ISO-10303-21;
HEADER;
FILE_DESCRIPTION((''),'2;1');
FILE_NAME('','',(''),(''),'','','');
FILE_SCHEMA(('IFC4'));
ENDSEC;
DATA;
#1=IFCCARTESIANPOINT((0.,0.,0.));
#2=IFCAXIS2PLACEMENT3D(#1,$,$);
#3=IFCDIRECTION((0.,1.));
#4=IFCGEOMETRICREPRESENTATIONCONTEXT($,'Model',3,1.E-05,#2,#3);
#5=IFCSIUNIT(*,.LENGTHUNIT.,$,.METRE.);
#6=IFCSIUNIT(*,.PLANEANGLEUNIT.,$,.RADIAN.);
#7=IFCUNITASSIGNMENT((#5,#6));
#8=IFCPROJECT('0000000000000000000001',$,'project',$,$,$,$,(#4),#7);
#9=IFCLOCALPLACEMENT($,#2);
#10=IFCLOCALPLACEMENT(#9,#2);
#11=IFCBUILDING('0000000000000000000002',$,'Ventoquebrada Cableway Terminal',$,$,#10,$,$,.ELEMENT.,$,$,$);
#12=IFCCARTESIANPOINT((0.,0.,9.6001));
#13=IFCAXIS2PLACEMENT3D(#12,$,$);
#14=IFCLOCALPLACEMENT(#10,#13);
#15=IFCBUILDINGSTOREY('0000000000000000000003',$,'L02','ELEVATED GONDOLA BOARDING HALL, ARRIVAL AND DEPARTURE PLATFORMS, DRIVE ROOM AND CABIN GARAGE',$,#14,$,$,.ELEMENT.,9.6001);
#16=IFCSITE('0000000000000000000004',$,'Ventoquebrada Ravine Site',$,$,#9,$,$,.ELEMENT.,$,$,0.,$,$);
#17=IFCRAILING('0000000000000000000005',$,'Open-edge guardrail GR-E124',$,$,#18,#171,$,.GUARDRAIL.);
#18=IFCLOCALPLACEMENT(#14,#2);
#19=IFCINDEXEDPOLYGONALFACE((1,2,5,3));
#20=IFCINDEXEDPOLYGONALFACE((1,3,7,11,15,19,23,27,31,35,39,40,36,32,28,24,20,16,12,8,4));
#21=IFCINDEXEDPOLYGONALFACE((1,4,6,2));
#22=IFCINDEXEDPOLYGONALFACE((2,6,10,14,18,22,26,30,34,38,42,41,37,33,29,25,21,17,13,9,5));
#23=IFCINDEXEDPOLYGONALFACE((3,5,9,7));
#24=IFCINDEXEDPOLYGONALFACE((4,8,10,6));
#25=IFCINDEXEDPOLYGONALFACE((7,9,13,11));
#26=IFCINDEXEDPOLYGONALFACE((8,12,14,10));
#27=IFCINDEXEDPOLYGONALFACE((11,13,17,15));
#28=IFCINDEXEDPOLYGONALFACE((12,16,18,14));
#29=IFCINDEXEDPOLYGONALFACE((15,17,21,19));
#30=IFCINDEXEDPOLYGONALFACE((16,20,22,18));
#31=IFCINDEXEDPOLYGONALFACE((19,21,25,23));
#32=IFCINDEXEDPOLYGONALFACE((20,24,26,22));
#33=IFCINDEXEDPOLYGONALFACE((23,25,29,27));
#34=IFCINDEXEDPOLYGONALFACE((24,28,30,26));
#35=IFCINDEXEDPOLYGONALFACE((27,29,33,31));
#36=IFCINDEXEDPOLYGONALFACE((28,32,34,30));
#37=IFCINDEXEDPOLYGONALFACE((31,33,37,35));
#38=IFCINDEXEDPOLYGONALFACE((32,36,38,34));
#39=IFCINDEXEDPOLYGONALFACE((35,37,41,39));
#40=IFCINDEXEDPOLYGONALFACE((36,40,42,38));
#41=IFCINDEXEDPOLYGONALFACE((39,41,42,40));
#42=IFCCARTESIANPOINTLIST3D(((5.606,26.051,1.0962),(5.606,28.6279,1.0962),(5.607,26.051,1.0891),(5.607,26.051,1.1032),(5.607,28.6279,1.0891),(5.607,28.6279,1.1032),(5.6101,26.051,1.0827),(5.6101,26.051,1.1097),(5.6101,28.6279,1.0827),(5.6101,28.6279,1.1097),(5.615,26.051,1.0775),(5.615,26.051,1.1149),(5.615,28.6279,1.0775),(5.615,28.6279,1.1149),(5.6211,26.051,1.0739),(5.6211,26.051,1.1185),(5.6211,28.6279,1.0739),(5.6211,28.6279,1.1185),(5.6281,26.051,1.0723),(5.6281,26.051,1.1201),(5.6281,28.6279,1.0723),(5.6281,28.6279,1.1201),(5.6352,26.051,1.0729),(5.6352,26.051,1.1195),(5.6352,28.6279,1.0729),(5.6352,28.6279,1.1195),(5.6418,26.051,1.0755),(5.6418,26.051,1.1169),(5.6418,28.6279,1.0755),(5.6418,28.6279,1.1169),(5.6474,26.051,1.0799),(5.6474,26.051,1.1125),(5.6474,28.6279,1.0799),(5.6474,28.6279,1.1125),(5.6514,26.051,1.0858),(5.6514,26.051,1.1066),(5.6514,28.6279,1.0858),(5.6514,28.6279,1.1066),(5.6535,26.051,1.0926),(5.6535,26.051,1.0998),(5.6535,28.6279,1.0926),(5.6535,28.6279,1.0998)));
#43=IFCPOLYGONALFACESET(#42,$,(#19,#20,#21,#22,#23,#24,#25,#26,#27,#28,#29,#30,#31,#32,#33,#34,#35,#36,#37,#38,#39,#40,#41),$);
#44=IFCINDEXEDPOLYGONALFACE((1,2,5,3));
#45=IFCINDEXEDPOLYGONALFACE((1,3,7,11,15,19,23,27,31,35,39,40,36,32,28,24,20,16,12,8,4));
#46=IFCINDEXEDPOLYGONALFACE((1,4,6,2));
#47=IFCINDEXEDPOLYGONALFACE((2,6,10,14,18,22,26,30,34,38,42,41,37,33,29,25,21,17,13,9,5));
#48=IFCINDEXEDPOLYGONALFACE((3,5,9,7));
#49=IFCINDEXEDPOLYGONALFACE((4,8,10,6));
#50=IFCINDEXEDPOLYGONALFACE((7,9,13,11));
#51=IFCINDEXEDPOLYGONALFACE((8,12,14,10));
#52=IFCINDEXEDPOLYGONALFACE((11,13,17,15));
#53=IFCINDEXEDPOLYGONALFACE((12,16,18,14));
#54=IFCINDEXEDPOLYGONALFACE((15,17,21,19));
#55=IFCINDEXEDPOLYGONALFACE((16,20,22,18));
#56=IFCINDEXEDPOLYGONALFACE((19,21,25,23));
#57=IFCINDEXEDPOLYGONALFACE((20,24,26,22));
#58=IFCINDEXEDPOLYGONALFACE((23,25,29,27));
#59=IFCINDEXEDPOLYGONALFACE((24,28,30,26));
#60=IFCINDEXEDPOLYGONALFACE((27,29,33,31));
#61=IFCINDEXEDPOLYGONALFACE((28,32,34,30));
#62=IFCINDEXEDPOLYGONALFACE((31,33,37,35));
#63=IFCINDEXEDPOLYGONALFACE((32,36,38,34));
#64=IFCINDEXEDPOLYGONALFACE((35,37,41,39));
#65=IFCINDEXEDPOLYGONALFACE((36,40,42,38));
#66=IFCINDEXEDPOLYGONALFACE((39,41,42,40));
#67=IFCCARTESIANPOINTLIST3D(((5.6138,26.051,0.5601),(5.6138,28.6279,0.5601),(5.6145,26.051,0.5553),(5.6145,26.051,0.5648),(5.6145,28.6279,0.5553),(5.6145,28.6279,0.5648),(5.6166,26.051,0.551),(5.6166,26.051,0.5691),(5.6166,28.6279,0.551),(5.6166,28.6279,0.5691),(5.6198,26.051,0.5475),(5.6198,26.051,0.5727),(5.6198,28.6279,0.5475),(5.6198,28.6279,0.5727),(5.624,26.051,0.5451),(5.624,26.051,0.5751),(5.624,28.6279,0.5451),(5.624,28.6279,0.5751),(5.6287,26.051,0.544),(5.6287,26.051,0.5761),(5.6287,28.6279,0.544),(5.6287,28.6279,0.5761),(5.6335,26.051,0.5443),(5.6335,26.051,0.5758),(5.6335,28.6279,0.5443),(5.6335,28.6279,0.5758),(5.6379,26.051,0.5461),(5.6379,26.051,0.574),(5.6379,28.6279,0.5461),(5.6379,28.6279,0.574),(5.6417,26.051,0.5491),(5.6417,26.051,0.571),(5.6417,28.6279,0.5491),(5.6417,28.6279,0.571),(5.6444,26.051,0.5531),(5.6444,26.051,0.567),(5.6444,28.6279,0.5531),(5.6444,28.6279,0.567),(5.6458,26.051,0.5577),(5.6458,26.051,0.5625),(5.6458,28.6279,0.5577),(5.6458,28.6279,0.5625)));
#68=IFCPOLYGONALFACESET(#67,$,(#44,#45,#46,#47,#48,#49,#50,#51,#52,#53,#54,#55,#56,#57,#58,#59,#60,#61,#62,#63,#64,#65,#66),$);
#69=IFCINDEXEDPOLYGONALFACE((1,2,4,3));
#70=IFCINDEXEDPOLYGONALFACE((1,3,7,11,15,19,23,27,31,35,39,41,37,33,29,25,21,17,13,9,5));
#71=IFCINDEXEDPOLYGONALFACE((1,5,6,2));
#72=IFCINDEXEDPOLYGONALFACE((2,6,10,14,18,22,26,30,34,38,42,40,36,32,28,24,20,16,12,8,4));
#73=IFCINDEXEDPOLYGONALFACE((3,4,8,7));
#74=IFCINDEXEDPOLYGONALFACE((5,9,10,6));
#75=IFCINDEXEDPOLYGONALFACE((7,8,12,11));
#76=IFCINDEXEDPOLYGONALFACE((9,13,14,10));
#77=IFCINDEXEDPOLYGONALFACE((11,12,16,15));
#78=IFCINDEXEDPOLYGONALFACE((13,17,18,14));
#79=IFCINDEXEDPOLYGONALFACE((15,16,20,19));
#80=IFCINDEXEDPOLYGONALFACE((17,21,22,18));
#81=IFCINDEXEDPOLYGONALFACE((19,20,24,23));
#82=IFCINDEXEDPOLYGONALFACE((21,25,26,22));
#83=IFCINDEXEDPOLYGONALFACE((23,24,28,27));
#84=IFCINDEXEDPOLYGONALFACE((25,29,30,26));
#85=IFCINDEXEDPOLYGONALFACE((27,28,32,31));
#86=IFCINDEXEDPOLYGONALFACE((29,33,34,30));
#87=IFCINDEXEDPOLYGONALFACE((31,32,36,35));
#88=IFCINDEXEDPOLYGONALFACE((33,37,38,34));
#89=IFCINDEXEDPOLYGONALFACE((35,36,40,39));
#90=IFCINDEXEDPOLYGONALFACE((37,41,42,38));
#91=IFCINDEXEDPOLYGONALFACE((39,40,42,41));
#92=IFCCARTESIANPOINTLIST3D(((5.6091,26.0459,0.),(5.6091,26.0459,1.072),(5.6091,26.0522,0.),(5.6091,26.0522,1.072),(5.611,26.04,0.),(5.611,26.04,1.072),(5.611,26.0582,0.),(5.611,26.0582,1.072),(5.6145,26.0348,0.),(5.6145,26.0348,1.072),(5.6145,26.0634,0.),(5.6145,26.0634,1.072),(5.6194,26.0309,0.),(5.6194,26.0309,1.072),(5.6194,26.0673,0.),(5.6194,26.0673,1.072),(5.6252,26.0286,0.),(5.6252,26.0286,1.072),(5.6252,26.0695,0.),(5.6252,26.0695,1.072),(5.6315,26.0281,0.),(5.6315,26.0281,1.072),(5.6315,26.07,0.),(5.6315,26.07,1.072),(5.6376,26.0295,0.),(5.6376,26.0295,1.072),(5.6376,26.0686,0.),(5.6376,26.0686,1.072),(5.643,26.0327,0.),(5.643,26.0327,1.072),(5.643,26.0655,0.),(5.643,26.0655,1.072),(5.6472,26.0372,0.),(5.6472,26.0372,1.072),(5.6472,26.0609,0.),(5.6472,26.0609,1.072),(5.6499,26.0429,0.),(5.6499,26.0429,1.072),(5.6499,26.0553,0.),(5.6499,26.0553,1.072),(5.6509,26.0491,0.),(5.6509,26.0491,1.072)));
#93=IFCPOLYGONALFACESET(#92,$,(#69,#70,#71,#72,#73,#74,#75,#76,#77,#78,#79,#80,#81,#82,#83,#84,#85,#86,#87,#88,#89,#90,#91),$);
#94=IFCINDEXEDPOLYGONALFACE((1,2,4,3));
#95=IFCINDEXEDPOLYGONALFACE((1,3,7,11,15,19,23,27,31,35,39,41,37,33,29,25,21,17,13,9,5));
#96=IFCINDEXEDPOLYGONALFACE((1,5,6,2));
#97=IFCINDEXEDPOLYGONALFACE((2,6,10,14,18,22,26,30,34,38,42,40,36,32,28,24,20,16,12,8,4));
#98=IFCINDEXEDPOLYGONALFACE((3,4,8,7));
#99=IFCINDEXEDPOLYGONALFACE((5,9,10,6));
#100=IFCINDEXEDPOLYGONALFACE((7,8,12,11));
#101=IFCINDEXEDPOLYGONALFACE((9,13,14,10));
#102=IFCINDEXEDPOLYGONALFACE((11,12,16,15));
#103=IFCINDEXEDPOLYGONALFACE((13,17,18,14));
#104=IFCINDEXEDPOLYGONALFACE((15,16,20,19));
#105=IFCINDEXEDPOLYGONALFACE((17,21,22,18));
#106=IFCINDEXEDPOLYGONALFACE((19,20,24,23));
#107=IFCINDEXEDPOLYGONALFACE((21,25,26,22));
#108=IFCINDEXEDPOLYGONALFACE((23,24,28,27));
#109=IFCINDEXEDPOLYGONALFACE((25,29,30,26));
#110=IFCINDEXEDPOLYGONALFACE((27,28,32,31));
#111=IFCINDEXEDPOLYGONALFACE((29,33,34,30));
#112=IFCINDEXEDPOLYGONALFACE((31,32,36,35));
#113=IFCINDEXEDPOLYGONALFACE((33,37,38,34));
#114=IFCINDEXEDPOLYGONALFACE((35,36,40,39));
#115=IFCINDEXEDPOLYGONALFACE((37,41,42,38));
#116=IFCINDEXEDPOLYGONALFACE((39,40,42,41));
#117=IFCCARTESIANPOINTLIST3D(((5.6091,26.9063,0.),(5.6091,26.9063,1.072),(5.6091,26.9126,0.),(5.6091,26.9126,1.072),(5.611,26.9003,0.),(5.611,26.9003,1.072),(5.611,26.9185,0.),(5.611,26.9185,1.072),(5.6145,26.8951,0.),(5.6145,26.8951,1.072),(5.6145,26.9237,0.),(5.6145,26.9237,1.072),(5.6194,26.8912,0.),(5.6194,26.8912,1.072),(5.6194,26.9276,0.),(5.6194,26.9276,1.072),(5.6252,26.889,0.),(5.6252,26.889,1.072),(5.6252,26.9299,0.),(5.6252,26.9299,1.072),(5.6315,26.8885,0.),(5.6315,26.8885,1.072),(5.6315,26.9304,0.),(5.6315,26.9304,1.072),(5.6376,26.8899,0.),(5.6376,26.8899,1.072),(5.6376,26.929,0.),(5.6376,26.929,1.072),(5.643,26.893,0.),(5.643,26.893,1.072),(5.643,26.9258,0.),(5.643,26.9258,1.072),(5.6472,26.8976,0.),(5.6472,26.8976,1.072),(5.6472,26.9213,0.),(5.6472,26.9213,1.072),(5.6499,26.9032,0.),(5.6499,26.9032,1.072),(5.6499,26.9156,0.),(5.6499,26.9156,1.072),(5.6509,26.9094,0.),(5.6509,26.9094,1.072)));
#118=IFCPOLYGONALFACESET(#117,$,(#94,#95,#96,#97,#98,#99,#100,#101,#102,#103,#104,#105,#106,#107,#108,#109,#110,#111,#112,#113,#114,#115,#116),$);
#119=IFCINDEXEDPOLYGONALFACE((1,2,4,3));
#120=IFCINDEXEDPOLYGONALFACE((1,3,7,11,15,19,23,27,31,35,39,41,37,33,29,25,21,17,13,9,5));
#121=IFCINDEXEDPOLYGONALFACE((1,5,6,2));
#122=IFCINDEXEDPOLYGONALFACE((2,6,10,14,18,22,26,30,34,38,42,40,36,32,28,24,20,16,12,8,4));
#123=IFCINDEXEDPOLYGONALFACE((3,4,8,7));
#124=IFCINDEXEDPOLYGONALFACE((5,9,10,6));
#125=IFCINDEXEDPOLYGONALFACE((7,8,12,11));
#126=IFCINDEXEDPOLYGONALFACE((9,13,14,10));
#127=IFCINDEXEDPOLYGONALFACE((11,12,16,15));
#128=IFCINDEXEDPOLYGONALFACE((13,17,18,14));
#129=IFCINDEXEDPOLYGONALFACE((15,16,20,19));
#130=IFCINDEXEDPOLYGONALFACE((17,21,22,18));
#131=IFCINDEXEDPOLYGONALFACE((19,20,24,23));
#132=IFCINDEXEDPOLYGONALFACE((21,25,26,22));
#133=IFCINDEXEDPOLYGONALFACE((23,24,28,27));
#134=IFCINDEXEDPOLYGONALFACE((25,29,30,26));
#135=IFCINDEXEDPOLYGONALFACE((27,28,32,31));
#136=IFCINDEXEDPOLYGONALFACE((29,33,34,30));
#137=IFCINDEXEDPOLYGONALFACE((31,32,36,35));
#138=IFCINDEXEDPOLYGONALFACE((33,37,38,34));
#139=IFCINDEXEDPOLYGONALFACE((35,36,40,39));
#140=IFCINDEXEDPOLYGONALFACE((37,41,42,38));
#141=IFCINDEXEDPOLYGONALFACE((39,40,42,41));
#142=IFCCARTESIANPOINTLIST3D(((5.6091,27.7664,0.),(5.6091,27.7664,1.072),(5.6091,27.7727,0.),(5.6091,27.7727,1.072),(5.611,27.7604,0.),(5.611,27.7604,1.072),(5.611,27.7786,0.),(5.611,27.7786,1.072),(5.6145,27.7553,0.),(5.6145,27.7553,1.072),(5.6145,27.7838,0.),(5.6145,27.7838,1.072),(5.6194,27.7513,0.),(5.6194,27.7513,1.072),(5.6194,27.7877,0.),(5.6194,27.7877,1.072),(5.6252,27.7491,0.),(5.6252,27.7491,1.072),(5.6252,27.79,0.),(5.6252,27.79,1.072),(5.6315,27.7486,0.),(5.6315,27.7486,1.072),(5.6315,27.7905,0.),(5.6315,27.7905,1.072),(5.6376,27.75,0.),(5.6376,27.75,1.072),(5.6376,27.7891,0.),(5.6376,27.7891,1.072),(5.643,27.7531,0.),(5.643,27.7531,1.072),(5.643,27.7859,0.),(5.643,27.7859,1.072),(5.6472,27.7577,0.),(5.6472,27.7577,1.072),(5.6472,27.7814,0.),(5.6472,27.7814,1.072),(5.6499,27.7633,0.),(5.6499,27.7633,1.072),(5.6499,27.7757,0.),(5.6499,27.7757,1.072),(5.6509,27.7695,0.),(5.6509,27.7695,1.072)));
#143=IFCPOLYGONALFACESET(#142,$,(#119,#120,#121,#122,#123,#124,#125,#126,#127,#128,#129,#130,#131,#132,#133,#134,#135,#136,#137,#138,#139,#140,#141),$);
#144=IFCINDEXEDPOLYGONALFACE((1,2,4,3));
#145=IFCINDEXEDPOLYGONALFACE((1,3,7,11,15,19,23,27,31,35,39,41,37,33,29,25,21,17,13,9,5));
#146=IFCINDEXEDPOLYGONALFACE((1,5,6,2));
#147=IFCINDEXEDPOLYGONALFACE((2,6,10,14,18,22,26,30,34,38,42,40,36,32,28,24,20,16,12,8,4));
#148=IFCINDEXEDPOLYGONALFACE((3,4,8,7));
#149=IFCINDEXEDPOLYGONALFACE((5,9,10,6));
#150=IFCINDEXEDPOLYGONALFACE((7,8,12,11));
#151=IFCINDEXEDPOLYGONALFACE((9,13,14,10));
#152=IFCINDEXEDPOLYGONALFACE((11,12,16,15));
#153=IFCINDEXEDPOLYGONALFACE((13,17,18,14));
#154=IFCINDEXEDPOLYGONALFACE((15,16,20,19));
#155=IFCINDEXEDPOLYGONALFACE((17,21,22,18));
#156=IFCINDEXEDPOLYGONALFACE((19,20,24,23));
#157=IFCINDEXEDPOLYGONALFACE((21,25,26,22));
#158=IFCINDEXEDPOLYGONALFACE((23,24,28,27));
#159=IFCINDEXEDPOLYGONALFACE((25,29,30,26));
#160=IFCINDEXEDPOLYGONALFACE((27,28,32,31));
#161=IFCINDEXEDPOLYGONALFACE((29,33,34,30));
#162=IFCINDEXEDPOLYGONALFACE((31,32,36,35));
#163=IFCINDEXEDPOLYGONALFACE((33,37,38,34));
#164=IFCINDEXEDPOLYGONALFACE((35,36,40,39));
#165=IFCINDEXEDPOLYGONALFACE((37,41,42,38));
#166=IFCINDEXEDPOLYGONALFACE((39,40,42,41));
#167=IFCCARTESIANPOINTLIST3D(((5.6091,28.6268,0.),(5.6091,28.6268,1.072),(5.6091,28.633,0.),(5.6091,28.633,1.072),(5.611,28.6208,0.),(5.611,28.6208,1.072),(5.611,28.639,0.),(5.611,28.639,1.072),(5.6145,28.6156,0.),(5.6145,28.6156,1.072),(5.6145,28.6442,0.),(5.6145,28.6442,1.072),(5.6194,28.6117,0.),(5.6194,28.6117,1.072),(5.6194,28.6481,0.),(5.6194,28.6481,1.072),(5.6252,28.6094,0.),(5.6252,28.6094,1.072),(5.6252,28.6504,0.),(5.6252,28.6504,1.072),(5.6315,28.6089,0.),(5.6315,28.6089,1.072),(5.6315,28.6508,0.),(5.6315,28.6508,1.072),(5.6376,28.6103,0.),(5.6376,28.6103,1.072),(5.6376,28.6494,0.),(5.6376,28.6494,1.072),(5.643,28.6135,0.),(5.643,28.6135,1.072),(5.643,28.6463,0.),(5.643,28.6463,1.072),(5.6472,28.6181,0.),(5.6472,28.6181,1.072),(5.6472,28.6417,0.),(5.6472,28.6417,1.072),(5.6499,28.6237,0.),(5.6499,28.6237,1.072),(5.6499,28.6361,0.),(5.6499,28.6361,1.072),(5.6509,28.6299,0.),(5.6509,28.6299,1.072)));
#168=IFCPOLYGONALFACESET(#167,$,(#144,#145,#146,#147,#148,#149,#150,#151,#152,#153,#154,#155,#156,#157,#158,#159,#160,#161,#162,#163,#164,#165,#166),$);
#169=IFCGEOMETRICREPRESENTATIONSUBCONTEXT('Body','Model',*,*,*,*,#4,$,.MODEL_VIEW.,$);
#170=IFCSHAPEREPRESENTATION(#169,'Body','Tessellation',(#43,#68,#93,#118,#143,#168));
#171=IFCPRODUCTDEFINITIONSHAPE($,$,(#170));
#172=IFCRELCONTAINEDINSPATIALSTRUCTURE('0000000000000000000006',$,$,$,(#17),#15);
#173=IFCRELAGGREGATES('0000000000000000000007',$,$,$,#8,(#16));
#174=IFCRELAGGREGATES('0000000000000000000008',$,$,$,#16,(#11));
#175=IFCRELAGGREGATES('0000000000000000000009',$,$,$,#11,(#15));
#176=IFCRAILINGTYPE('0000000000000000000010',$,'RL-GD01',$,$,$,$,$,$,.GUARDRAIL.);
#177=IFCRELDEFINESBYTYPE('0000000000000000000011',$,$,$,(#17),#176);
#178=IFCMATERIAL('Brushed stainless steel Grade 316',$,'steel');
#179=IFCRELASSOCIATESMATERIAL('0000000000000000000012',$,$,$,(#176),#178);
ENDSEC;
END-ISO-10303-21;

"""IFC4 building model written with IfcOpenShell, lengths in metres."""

from ifc_helpers import new_model, si_unit, direction, frame, origin, origin_2d, place, context, subcontext, project, spatial, circle, extrude, material, type_object, element, save


model = new_model("IFC4")

# Units and contexts
model_context = context("Model", 3, precision=1e-05, world=origin(), true_north=direction((0.0, 1.0)))
body_context = subcontext(model_context, "Body", "Model", "MODEL_VIEW")
ifc_project = project(units=[si_unit("LENGTHUNIT", "METRE"), si_unit("PLANEANGLEUNIT", "RADIAN")], contexts=[model_context])

# Site, building, storey
site_placement = place(None, origin())
site = spatial("IfcSite", under=ifc_project, at=site_placement, Name="Ventoquebrada Ravine Site", CompositionType="ELEMENT", RefElevation=0.0)
building_placement = place(site_placement, origin())
building = spatial("IfcBuilding", under=site, at=building_placement, Name="Ventoquebrada Cableway Terminal", CompositionType="ELEMENT")
storey_placement = place(building_placement, frame((0.0, 0.0, 9.6001)))
storey = spatial("IfcBuildingStorey", under=building, at=storey_placement, Name="L02", Description="ELEVATED GONDOLA BOARDING HALL, ARRIVAL AND DEPARTURE PLATFORMS, DRIVE ROOM AND CABIN GARAGE", CompositionType="ELEMENT", Elevation=9.6001)

# Railing
ifc_material_1 = material(Name="Brushed stainless steel Grade 316", Category="steel")
railing_type = type_object("IfcRailingType", Name="RL-GD01", PredefinedType="GUARDRAIL", material=ifc_material_1)
railing_1_placement = place(storey_placement, frame((5.6299, 26.0491, 0.0)))
element("IfcRailing", 1, at=railing_1_placement, inside=storey, type_object=railing_type, Name="Open-edge guardrail GR-E124", PredefinedType="GUARDRAIL", context=body_context, shape_type="SweptSolid", body=[
    extrude(circle(Radius=0.0239, at=origin_2d()), frame((0.0, 0.002, 1.0962), z_axis=(0.0, 1.0, 0.0), x_axis=(-1.0, 0.0, 0.0)), (0.0, 0.0, 1.0), 2.5769),
    extrude(circle(Radius=0.0161, at=origin_2d()), frame((0.0, 0.002, 0.5601), z_axis=(0.0, 1.0, 0.0), x_axis=(-1.0, 0.0, 0.0)), (0.0, 0.0, 1.0), 2.5769),
    extrude(circle(Radius=0.021, at=origin_2d()), origin(), (0.0, 0.0, 1.0), 1.072),
    extrude(circle(Radius=0.021, at=origin_2d()), frame((0.0, 0.8604, 0.0)), (0.0, 0.0, 1.0), 1.072),
    extrude(circle(Radius=0.021, at=origin_2d()), frame((0.0, 1.7205, 0.0)), (0.0, 0.0, 1.0), 1.072),
    extrude(circle(Radius=0.021, at=origin_2d()), frame((0.0, 2.5808, 0.0)), (0.0, 0.0, 1.0), 1.072),
])

save(model, "model.ifc")
